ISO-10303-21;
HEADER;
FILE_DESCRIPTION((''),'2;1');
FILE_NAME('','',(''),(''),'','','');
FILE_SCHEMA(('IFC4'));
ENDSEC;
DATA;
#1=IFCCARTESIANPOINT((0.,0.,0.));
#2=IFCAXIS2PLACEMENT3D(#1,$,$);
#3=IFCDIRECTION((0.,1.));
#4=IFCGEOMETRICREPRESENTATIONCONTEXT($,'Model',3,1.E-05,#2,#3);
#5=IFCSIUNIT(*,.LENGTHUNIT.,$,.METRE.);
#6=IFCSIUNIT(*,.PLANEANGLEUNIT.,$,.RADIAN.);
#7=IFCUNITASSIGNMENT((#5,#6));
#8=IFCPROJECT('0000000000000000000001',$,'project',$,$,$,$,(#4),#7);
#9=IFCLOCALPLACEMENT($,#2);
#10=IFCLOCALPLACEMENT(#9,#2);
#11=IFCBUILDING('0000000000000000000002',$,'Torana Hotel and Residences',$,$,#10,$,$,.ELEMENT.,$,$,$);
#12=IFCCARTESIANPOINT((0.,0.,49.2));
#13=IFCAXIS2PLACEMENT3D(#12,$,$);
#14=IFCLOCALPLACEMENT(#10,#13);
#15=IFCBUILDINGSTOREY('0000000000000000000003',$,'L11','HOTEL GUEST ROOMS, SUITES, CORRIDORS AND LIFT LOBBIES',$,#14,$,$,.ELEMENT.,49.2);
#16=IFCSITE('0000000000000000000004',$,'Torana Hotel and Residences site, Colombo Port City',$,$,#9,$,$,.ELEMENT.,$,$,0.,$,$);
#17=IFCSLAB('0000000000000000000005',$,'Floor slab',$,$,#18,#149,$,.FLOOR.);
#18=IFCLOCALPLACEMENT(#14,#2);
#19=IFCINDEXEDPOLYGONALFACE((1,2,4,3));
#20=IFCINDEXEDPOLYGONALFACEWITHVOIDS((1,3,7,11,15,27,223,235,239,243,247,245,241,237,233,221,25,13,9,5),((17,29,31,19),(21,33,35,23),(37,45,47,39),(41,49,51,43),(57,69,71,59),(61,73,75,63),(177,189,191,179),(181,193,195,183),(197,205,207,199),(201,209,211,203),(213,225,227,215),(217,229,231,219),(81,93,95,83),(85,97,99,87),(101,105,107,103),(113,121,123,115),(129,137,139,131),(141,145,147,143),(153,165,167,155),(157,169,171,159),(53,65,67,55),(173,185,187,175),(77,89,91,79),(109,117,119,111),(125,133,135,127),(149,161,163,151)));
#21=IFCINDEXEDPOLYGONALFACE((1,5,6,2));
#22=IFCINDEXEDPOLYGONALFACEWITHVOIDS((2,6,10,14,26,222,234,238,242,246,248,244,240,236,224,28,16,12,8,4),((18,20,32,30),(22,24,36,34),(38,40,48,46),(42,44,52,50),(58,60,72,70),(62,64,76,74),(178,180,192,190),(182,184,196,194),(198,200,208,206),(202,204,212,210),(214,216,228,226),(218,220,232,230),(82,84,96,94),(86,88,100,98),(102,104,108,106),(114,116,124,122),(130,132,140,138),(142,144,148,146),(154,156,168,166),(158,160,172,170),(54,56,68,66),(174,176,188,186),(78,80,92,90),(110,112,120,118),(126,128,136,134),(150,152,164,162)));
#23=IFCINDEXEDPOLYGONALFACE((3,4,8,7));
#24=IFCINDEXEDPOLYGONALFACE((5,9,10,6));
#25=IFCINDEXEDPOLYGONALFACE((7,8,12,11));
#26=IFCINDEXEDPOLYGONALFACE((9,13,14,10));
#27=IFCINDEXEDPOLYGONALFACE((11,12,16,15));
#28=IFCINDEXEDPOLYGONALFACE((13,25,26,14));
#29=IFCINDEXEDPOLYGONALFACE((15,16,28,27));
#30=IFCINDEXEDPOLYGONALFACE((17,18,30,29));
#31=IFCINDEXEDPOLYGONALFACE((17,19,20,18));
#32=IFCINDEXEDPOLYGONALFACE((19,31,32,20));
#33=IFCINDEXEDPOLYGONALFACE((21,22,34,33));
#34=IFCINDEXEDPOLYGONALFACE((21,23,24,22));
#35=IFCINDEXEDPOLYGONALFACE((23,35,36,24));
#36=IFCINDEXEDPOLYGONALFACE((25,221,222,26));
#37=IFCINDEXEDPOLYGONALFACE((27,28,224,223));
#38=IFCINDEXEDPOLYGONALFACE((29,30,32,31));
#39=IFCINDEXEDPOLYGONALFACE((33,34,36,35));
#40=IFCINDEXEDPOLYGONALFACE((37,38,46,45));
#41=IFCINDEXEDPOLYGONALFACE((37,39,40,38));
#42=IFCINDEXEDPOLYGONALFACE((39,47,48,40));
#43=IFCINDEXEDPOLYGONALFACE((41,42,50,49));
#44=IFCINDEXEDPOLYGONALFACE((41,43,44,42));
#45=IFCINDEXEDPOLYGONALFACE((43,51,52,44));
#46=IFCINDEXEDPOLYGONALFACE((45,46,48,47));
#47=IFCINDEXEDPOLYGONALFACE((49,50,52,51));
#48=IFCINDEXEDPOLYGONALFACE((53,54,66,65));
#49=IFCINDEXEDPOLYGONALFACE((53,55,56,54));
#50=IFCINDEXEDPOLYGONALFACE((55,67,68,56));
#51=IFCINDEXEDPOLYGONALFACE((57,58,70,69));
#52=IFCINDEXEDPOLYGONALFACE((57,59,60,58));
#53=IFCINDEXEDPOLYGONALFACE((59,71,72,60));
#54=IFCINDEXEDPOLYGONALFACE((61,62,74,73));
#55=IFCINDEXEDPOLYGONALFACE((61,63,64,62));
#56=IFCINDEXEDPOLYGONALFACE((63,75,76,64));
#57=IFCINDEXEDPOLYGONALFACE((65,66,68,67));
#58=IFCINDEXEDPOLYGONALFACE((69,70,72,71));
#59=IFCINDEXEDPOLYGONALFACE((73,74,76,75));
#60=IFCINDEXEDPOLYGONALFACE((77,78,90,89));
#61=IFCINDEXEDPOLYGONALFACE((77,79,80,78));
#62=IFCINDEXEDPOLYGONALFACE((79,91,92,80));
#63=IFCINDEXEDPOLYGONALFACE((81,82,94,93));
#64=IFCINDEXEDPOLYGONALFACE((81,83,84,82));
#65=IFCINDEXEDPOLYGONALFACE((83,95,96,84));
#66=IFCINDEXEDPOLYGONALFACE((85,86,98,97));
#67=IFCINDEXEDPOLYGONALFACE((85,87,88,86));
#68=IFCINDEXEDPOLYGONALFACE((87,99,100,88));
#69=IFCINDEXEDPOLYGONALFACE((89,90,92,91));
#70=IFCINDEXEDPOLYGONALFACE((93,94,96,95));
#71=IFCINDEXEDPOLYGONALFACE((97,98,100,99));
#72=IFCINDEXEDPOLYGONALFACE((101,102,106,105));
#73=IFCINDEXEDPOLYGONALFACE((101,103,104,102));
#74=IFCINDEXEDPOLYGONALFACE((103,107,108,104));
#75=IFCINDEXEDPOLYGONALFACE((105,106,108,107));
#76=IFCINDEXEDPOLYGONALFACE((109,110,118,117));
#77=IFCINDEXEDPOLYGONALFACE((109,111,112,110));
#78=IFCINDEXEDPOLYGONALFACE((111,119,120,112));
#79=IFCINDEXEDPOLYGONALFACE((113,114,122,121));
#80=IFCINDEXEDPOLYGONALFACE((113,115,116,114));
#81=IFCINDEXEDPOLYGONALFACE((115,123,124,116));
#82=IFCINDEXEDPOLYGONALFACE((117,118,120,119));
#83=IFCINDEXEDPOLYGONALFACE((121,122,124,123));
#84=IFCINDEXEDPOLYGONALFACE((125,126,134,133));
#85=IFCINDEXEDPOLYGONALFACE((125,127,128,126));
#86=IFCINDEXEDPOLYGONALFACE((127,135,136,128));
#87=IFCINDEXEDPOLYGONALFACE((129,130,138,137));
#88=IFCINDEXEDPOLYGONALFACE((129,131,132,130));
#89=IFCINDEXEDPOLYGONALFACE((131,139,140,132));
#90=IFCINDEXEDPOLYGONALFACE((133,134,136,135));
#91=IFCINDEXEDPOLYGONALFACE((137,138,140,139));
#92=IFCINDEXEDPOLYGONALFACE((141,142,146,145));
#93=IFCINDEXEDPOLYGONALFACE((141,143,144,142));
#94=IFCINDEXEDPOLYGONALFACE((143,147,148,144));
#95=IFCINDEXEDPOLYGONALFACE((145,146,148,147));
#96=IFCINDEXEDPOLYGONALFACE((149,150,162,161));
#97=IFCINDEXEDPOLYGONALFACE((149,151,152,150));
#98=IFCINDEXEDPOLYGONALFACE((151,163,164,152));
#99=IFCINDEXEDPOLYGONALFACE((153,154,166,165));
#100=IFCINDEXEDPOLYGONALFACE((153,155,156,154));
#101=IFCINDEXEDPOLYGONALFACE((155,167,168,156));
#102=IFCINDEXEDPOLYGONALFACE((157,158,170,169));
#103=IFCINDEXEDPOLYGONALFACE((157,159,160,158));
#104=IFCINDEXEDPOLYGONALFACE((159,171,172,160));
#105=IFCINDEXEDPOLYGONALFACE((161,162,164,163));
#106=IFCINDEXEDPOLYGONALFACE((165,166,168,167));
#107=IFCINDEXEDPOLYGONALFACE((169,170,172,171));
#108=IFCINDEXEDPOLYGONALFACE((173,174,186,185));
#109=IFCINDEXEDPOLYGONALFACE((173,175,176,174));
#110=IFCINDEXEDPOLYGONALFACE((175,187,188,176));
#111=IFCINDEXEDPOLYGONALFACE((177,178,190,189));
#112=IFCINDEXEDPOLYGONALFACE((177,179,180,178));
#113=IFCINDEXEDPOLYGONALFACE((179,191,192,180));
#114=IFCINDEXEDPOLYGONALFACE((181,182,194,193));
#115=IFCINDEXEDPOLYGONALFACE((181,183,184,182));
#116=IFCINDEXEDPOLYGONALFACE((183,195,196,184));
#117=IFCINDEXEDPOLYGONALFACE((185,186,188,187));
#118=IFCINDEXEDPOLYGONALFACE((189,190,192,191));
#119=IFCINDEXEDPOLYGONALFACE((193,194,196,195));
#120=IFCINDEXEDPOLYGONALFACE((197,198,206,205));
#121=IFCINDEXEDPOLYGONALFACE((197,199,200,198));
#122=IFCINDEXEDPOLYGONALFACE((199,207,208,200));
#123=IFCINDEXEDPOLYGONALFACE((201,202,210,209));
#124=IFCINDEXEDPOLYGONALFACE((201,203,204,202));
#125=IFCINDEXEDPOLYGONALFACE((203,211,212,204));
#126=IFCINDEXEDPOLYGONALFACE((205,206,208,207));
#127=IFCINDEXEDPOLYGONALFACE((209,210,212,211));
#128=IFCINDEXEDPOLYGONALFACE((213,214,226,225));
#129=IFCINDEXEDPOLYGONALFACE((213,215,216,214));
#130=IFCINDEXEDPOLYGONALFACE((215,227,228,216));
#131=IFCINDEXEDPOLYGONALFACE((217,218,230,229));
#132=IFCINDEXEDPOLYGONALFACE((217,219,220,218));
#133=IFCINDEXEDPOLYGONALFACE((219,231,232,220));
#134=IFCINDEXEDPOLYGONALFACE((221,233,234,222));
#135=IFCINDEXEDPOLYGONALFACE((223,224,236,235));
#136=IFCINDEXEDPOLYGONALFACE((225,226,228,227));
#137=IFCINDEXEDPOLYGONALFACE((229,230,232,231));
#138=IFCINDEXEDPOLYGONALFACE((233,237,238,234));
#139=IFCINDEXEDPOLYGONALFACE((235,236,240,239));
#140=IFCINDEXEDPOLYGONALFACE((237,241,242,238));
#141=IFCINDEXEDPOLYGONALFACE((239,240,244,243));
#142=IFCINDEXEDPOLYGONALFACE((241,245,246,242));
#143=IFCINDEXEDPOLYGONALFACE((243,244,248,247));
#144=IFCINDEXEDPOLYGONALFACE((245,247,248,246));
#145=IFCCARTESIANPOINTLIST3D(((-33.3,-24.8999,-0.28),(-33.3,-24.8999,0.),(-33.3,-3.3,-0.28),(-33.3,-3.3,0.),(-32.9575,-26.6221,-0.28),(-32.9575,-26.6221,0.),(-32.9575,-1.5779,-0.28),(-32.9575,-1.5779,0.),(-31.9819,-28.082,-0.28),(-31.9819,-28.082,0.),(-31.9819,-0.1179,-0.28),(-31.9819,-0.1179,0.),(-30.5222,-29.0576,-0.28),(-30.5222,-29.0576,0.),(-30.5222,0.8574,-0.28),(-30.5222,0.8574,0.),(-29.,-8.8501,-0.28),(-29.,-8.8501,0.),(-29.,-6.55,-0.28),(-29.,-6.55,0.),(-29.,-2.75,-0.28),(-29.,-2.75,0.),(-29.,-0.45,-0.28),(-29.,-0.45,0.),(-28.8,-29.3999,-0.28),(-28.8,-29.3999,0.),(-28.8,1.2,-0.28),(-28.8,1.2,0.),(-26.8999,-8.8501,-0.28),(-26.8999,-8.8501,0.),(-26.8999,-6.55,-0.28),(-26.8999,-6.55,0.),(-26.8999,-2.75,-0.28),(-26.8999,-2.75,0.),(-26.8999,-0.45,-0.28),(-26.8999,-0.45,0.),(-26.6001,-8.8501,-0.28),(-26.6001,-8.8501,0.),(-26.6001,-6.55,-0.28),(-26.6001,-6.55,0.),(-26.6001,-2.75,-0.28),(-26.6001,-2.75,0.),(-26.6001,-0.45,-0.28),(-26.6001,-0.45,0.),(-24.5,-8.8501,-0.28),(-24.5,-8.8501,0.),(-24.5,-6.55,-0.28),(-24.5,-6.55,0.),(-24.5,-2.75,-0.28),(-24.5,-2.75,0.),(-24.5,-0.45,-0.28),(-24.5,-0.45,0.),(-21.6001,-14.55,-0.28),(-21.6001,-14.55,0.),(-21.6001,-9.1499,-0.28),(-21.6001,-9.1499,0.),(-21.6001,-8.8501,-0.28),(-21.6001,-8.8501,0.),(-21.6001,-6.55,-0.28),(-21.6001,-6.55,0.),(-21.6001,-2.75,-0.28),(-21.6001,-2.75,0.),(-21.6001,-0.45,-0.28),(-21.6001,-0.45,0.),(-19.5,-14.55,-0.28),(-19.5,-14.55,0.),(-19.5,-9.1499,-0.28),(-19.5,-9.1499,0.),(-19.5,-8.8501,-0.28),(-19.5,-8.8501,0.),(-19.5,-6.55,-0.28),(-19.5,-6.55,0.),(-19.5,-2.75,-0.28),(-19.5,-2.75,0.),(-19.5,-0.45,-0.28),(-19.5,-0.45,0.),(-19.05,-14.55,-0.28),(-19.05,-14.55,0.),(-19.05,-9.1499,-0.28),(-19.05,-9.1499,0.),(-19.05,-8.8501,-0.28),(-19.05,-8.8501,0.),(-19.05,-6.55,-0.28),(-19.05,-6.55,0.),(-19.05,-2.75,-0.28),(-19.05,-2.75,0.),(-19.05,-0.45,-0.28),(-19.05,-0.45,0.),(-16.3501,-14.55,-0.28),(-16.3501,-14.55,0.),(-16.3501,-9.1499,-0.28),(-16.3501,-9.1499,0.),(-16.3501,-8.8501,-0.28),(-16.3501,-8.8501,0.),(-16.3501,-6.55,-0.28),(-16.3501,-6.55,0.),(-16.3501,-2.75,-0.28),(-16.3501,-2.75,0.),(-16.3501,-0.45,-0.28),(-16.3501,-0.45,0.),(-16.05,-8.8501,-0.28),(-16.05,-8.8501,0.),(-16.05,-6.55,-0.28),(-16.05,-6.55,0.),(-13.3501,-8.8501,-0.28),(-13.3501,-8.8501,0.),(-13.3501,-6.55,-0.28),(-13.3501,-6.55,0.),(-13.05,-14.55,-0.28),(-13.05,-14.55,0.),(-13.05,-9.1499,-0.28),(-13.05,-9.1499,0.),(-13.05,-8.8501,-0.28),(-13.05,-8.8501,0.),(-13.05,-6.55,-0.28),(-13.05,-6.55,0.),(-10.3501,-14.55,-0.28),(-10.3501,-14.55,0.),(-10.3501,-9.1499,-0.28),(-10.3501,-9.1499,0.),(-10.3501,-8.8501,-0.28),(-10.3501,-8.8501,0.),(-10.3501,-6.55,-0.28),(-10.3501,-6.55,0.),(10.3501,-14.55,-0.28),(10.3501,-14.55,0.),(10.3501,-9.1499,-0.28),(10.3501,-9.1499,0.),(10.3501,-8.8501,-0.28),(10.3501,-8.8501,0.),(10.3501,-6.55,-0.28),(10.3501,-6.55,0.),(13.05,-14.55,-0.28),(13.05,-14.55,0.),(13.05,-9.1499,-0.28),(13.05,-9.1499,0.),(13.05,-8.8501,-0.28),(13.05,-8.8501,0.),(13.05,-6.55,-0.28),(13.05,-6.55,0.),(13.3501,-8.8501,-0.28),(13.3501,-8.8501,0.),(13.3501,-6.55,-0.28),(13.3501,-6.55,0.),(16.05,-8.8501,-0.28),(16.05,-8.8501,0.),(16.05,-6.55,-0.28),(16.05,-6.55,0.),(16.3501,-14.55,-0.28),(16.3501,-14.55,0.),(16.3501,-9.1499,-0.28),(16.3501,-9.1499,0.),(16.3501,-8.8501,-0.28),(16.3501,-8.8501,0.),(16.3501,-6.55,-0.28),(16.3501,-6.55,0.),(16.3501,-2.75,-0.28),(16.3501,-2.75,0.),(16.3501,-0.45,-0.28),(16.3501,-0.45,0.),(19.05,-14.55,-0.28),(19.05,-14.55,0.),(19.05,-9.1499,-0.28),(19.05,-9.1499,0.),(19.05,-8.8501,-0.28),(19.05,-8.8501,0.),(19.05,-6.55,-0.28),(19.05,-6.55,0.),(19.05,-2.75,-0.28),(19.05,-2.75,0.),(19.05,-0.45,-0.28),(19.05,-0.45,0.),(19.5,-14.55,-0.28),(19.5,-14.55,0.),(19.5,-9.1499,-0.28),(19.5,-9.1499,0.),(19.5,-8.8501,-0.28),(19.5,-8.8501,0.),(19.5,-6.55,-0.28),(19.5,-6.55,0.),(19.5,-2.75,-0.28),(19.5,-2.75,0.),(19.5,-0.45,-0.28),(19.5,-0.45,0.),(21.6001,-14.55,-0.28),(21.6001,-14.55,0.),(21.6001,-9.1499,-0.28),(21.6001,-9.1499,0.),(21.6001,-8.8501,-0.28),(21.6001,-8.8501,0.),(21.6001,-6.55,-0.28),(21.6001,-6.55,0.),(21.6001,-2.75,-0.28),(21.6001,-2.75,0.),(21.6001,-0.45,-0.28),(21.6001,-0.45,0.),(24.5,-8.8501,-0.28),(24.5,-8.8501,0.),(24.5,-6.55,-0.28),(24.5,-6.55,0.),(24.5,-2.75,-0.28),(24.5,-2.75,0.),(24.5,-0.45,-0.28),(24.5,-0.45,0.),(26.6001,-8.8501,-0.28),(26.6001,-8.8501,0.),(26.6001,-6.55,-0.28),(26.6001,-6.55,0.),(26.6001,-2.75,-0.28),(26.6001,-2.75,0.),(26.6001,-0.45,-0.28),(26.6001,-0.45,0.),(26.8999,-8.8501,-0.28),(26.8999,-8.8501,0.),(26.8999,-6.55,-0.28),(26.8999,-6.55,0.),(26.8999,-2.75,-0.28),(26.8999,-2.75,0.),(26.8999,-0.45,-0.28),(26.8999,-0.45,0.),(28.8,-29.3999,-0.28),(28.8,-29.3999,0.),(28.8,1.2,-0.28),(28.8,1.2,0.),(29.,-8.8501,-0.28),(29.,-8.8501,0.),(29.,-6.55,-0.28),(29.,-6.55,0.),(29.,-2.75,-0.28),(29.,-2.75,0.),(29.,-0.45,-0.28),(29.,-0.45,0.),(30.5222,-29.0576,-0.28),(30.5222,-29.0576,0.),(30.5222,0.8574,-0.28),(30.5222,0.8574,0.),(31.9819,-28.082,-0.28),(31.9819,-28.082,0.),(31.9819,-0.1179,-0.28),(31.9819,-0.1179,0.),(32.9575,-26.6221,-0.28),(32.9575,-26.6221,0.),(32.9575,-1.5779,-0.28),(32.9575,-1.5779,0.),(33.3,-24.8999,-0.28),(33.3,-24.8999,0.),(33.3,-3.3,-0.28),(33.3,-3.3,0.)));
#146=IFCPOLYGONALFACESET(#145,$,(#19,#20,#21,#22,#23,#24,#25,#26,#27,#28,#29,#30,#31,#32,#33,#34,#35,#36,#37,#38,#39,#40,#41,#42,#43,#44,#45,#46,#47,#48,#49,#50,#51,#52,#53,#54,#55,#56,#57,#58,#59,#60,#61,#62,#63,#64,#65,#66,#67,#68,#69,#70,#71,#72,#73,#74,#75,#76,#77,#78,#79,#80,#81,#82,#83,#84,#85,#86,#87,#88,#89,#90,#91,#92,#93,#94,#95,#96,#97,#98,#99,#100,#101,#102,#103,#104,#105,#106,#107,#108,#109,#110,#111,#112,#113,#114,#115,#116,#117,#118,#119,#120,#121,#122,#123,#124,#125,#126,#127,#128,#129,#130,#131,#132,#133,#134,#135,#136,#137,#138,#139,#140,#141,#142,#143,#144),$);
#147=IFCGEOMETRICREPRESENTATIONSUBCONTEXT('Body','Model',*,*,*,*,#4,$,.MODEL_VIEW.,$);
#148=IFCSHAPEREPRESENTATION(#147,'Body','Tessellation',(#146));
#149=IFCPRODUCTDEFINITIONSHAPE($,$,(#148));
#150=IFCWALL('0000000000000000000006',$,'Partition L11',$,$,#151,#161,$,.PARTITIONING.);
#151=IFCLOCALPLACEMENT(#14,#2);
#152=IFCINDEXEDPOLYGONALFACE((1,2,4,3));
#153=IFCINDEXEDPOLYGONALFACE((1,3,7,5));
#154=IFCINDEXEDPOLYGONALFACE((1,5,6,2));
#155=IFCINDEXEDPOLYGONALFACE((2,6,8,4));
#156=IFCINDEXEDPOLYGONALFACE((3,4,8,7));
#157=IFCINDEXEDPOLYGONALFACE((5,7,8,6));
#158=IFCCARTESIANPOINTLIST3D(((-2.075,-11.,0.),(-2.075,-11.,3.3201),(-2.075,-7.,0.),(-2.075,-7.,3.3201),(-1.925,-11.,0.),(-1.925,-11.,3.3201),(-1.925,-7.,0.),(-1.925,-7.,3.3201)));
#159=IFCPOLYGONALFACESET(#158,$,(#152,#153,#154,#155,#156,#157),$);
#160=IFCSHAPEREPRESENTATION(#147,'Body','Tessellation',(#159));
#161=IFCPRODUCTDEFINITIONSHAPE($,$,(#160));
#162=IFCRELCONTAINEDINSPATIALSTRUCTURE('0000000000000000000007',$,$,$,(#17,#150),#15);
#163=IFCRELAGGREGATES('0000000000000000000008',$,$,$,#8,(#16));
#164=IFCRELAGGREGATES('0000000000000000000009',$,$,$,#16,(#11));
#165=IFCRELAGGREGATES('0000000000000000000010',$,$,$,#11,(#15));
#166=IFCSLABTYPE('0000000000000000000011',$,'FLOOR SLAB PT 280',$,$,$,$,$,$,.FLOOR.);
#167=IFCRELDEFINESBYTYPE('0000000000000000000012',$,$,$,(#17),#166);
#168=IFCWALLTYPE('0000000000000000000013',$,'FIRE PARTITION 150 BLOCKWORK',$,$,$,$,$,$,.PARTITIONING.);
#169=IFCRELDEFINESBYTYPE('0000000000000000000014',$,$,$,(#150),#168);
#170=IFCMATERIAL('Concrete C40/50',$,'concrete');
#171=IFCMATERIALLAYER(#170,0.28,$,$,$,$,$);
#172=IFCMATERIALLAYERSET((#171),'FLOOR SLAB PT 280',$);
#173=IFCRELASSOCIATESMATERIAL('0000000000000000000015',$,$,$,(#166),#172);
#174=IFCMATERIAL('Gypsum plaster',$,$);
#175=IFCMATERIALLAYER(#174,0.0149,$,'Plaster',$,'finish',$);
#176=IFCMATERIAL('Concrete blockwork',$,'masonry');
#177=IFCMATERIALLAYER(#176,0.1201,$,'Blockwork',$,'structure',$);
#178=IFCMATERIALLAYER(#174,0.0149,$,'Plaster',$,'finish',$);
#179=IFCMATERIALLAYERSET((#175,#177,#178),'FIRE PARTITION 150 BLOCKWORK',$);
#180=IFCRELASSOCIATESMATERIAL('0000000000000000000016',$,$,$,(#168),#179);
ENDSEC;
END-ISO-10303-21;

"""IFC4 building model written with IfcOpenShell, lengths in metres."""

from ifc_helpers import new_model, si_unit, direction, frame, frame_2d, origin, place, context, subcontext, project, spatial, polyline, rectangle, outline, extrude, material, layer, layer_set, type_object, element, save


model = new_model("IFC4")

# Units and contexts
model_context = context("Model", 3, precision=1e-05, world=origin(), true_north=direction((0.0, 1.0)))
body_context = subcontext(model_context, "Body", "Model", "MODEL_VIEW")
ifc_project = project(units=[si_unit("LENGTHUNIT", "METRE"), si_unit("PLANEANGLEUNIT", "RADIAN")], contexts=[model_context])

# Site, building, storey
site_placement = place(None, origin())
site = spatial("IfcSite", under=ifc_project, at=site_placement, Name="Torana Hotel and Residences site, Colombo Port City", CompositionType="ELEMENT", RefElevation=0.0)
building_placement = place(site_placement, origin())
building = spatial("IfcBuilding", under=site, at=building_placement, Name="Torana Hotel and Residences", CompositionType="ELEMENT")
storey_placement = place(building_placement, frame((0.0, 0.0, 49.2)))
storey = spatial("IfcBuildingStorey", under=building, at=storey_placement, Name="L11", Description="HOTEL GUEST ROOMS, SUITES, CORRIDORS AND LIFT LOBBIES", CompositionType="ELEMENT", Elevation=49.2)

# Slab
ifc_material_1 = material(Name="Concrete C40/50", Category="concrete")
ifc_layer_1 = layer(ifc_material_1, 0.28)
ifc_layer_set_1 = layer_set([ifc_layer_1], Name="FLOOR SLAB PT 280")
slab_type_1 = type_object("IfcSlabType", Name="FLOOR SLAB PT 280", PredefinedType="FLOOR", material=ifc_layer_set_1)
slab_1_placement = place(storey_placement, frame((0.0, 0.0, -0.28)))
element("IfcSlab", 1, at=slab_1_placement, inside=storey, type_object=slab_type_1, Name="Floor slab", PredefinedType="FLOOR", context=body_context, shape_type="SweptSolid", body=[
    extrude(outline(polyline([(33.3, -3.3), (32.9575, -1.5779), (31.9819, -0.1179), (30.5222, 0.8574), (28.8, 1.2), (-28.8, 1.2), (-30.5222, 0.8574), (-31.9819, -0.1179), (-32.9575, -1.5779), (-33.3, -3.3), (-33.3, -24.8999), (-32.9575, -26.6221), (-31.9819, -28.082), (-30.5222, -29.0576), (-28.8, -29.3999), (28.8, -29.3999), (30.5222, -29.0576), (31.9819, -28.082), (32.9575, -26.6221), (33.3, -24.8999), (33.3, -3.3)]), holes=[polyline([(-13.05, -14.55), (-10.3501, -14.55), (-10.3501, -9.1499), (-13.05, -9.1499), (-13.05, -14.55)]), polyline([(-19.05, -14.55), (-16.3501, -14.55), (-16.3501, -9.1499), (-19.05, -9.1499), (-19.05, -14.55)]), polyline([(-19.05, -2.75), (-16.3501, -2.75), (-16.3501, -0.45), (-19.05, -0.45), (-19.05, -2.75)]), polyline([(-26.6001, -2.75), (-24.5, -2.75), (-24.5, -0.45), (-26.6001, -0.45), (-26.6001, -2.75)]), polyline([(-29.0, -2.75), (-26.8999, -2.75), (-26.8999, -0.45), (-29.0, -0.45), (-29.0, -2.75)]), polyline([(-26.6001, -8.8501), (-24.5, -8.8501), (-24.5, -6.55), (-26.6001, -6.55), (-26.6001, -8.8501)]), polyline([(-29.0, -8.8501), (-26.8999, -8.8501), (-26.8999, -6.55), (-29.0, -6.55), (-29.0, -8.8501)]), polyline([(-21.6001, -2.75), (-19.5, -2.75), (-19.5, -0.45), (-21.6001, -0.45), (-21.6001, -2.75)]), polyline([(-21.6001, -8.8501), (-19.5, -8.8501), (-19.5, -6.55), (-21.6001, -6.55), (-21.6001, -8.8501)]), polyline([(-13.05, -8.8501), (-10.3501, -8.8501), (-10.3501, -6.55), (-13.05, -6.55), (-13.05, -8.8501)]), polyline([(-16.05, -8.8501), (-13.3501, -8.8501), (-13.3501, -6.55), (-16.05, -6.55), (-16.05, -8.8501)]), polyline([(-19.05, -8.8501), (-16.3501, -8.8501), (-16.3501, -6.55), (-19.05, -6.55), (-19.05, -8.8501)]), polyline([(-21.6001, -14.55), (-19.5, -14.55), (-19.5, -9.1499), (-21.6001, -9.1499), (-21.6001, -14.55)]), polyline([(10.3501, -14.55), (13.05, -14.55), (13.05, -9.1499), (10.3501, -9.1499), (10.3501, -14.55)]), polyline([(16.3501, -14.55), (19.05, -14.55), (19.05, -9.1499), (16.3501, -9.1499), (16.3501, -14.55)]), polyline([(16.3501, -2.75), (19.05, -2.75), (19.05, -0.45), (16.3501, -0.45), (16.3501, -2.75)]), polyline([(24.5, -2.75), (26.6001, -2.75), (26.6001, -0.45), (24.5, -0.45), (24.5, -2.75)]), polyline([(26.8999, -2.75), (29.0, -2.75), (29.0, -0.45), (26.8999, -0.45), (26.8999, -2.75)]), polyline([(24.5, -8.8501), (26.6001, -8.8501), (26.6001, -6.55), (24.5, -6.55), (24.5, -8.8501)]), polyline([(26.8999, -8.8501), (29.0, -8.8501), (29.0, -6.55), (26.8999, -6.55), (26.8999, -8.8501)]), polyline([(19.5, -2.75), (21.6001, -2.75), (21.6001, -0.45), (19.5, -0.45), (19.5, -2.75)]), polyline([(19.5, -8.8501), (21.6001, -8.8501), (21.6001, -6.55), (19.5, -6.55), (19.5, -8.8501)]), polyline([(10.3501, -8.8501), (13.05, -8.8501), (13.05, -6.55), (10.3501, -6.55), (10.3501, -8.8501)]), polyline([(13.3501, -8.8501), (16.05, -8.8501), (16.05, -6.55), (13.3501, -6.55), (13.3501, -8.8501)]), polyline([(16.3501, -8.8501), (19.05, -8.8501), (19.05, -6.55), (16.3501, -6.55), (16.3501, -8.8501)]), polyline([(19.5, -14.55), (21.6001, -14.55), (21.6001, -9.1499), (19.5, -9.1499), (19.5, -14.55)])]), origin(), (0.0, 0.0, 1.0), 0.28),
])

# Wall
ifc_material_2 = material(Name="Gypsum plaster")
ifc_layer_2 = layer(ifc_material_2, 0.0149, Name="Plaster", Category="finish")
ifc_material_3 = material(Name="Concrete blockwork", Category="masonry")
ifc_layer_3 = layer(ifc_material_3, 0.1201, Name="Blockwork", Category="structure")
ifc_layer_4 = layer(ifc_material_2, 0.0149, Name="Plaster", Category="finish")
ifc_layer_set_2 = layer_set([ifc_layer_2, ifc_layer_3, ifc_layer_4], Name="FIRE PARTITION 150 BLOCKWORK")
wall_type_1 = type_object("IfcWallType", Name="FIRE PARTITION 150 BLOCKWORK", PredefinedType="PARTITIONING", material=ifc_layer_set_2)
wall_1_placement = place(storey_placement, frame((-2.0, -11.0, 0.0), z_axis=(0.0, 0.0, 1.0), x_axis=(0.0, 1.0, 0.0)))
element("IfcWall", 2, at=wall_1_placement, inside=storey, type_object=wall_type_1, Name="Partition L11", PredefinedType="PARTITIONING", context=body_context, shape_type="SweptSolid", body=[
    extrude(rectangle(XDim=4.0, YDim=0.1499, at=frame_2d((2.0, 0.0))), origin(), (0.0, 0.0, 1.0), 3.3201),
])

save(model, "model.ifc")
